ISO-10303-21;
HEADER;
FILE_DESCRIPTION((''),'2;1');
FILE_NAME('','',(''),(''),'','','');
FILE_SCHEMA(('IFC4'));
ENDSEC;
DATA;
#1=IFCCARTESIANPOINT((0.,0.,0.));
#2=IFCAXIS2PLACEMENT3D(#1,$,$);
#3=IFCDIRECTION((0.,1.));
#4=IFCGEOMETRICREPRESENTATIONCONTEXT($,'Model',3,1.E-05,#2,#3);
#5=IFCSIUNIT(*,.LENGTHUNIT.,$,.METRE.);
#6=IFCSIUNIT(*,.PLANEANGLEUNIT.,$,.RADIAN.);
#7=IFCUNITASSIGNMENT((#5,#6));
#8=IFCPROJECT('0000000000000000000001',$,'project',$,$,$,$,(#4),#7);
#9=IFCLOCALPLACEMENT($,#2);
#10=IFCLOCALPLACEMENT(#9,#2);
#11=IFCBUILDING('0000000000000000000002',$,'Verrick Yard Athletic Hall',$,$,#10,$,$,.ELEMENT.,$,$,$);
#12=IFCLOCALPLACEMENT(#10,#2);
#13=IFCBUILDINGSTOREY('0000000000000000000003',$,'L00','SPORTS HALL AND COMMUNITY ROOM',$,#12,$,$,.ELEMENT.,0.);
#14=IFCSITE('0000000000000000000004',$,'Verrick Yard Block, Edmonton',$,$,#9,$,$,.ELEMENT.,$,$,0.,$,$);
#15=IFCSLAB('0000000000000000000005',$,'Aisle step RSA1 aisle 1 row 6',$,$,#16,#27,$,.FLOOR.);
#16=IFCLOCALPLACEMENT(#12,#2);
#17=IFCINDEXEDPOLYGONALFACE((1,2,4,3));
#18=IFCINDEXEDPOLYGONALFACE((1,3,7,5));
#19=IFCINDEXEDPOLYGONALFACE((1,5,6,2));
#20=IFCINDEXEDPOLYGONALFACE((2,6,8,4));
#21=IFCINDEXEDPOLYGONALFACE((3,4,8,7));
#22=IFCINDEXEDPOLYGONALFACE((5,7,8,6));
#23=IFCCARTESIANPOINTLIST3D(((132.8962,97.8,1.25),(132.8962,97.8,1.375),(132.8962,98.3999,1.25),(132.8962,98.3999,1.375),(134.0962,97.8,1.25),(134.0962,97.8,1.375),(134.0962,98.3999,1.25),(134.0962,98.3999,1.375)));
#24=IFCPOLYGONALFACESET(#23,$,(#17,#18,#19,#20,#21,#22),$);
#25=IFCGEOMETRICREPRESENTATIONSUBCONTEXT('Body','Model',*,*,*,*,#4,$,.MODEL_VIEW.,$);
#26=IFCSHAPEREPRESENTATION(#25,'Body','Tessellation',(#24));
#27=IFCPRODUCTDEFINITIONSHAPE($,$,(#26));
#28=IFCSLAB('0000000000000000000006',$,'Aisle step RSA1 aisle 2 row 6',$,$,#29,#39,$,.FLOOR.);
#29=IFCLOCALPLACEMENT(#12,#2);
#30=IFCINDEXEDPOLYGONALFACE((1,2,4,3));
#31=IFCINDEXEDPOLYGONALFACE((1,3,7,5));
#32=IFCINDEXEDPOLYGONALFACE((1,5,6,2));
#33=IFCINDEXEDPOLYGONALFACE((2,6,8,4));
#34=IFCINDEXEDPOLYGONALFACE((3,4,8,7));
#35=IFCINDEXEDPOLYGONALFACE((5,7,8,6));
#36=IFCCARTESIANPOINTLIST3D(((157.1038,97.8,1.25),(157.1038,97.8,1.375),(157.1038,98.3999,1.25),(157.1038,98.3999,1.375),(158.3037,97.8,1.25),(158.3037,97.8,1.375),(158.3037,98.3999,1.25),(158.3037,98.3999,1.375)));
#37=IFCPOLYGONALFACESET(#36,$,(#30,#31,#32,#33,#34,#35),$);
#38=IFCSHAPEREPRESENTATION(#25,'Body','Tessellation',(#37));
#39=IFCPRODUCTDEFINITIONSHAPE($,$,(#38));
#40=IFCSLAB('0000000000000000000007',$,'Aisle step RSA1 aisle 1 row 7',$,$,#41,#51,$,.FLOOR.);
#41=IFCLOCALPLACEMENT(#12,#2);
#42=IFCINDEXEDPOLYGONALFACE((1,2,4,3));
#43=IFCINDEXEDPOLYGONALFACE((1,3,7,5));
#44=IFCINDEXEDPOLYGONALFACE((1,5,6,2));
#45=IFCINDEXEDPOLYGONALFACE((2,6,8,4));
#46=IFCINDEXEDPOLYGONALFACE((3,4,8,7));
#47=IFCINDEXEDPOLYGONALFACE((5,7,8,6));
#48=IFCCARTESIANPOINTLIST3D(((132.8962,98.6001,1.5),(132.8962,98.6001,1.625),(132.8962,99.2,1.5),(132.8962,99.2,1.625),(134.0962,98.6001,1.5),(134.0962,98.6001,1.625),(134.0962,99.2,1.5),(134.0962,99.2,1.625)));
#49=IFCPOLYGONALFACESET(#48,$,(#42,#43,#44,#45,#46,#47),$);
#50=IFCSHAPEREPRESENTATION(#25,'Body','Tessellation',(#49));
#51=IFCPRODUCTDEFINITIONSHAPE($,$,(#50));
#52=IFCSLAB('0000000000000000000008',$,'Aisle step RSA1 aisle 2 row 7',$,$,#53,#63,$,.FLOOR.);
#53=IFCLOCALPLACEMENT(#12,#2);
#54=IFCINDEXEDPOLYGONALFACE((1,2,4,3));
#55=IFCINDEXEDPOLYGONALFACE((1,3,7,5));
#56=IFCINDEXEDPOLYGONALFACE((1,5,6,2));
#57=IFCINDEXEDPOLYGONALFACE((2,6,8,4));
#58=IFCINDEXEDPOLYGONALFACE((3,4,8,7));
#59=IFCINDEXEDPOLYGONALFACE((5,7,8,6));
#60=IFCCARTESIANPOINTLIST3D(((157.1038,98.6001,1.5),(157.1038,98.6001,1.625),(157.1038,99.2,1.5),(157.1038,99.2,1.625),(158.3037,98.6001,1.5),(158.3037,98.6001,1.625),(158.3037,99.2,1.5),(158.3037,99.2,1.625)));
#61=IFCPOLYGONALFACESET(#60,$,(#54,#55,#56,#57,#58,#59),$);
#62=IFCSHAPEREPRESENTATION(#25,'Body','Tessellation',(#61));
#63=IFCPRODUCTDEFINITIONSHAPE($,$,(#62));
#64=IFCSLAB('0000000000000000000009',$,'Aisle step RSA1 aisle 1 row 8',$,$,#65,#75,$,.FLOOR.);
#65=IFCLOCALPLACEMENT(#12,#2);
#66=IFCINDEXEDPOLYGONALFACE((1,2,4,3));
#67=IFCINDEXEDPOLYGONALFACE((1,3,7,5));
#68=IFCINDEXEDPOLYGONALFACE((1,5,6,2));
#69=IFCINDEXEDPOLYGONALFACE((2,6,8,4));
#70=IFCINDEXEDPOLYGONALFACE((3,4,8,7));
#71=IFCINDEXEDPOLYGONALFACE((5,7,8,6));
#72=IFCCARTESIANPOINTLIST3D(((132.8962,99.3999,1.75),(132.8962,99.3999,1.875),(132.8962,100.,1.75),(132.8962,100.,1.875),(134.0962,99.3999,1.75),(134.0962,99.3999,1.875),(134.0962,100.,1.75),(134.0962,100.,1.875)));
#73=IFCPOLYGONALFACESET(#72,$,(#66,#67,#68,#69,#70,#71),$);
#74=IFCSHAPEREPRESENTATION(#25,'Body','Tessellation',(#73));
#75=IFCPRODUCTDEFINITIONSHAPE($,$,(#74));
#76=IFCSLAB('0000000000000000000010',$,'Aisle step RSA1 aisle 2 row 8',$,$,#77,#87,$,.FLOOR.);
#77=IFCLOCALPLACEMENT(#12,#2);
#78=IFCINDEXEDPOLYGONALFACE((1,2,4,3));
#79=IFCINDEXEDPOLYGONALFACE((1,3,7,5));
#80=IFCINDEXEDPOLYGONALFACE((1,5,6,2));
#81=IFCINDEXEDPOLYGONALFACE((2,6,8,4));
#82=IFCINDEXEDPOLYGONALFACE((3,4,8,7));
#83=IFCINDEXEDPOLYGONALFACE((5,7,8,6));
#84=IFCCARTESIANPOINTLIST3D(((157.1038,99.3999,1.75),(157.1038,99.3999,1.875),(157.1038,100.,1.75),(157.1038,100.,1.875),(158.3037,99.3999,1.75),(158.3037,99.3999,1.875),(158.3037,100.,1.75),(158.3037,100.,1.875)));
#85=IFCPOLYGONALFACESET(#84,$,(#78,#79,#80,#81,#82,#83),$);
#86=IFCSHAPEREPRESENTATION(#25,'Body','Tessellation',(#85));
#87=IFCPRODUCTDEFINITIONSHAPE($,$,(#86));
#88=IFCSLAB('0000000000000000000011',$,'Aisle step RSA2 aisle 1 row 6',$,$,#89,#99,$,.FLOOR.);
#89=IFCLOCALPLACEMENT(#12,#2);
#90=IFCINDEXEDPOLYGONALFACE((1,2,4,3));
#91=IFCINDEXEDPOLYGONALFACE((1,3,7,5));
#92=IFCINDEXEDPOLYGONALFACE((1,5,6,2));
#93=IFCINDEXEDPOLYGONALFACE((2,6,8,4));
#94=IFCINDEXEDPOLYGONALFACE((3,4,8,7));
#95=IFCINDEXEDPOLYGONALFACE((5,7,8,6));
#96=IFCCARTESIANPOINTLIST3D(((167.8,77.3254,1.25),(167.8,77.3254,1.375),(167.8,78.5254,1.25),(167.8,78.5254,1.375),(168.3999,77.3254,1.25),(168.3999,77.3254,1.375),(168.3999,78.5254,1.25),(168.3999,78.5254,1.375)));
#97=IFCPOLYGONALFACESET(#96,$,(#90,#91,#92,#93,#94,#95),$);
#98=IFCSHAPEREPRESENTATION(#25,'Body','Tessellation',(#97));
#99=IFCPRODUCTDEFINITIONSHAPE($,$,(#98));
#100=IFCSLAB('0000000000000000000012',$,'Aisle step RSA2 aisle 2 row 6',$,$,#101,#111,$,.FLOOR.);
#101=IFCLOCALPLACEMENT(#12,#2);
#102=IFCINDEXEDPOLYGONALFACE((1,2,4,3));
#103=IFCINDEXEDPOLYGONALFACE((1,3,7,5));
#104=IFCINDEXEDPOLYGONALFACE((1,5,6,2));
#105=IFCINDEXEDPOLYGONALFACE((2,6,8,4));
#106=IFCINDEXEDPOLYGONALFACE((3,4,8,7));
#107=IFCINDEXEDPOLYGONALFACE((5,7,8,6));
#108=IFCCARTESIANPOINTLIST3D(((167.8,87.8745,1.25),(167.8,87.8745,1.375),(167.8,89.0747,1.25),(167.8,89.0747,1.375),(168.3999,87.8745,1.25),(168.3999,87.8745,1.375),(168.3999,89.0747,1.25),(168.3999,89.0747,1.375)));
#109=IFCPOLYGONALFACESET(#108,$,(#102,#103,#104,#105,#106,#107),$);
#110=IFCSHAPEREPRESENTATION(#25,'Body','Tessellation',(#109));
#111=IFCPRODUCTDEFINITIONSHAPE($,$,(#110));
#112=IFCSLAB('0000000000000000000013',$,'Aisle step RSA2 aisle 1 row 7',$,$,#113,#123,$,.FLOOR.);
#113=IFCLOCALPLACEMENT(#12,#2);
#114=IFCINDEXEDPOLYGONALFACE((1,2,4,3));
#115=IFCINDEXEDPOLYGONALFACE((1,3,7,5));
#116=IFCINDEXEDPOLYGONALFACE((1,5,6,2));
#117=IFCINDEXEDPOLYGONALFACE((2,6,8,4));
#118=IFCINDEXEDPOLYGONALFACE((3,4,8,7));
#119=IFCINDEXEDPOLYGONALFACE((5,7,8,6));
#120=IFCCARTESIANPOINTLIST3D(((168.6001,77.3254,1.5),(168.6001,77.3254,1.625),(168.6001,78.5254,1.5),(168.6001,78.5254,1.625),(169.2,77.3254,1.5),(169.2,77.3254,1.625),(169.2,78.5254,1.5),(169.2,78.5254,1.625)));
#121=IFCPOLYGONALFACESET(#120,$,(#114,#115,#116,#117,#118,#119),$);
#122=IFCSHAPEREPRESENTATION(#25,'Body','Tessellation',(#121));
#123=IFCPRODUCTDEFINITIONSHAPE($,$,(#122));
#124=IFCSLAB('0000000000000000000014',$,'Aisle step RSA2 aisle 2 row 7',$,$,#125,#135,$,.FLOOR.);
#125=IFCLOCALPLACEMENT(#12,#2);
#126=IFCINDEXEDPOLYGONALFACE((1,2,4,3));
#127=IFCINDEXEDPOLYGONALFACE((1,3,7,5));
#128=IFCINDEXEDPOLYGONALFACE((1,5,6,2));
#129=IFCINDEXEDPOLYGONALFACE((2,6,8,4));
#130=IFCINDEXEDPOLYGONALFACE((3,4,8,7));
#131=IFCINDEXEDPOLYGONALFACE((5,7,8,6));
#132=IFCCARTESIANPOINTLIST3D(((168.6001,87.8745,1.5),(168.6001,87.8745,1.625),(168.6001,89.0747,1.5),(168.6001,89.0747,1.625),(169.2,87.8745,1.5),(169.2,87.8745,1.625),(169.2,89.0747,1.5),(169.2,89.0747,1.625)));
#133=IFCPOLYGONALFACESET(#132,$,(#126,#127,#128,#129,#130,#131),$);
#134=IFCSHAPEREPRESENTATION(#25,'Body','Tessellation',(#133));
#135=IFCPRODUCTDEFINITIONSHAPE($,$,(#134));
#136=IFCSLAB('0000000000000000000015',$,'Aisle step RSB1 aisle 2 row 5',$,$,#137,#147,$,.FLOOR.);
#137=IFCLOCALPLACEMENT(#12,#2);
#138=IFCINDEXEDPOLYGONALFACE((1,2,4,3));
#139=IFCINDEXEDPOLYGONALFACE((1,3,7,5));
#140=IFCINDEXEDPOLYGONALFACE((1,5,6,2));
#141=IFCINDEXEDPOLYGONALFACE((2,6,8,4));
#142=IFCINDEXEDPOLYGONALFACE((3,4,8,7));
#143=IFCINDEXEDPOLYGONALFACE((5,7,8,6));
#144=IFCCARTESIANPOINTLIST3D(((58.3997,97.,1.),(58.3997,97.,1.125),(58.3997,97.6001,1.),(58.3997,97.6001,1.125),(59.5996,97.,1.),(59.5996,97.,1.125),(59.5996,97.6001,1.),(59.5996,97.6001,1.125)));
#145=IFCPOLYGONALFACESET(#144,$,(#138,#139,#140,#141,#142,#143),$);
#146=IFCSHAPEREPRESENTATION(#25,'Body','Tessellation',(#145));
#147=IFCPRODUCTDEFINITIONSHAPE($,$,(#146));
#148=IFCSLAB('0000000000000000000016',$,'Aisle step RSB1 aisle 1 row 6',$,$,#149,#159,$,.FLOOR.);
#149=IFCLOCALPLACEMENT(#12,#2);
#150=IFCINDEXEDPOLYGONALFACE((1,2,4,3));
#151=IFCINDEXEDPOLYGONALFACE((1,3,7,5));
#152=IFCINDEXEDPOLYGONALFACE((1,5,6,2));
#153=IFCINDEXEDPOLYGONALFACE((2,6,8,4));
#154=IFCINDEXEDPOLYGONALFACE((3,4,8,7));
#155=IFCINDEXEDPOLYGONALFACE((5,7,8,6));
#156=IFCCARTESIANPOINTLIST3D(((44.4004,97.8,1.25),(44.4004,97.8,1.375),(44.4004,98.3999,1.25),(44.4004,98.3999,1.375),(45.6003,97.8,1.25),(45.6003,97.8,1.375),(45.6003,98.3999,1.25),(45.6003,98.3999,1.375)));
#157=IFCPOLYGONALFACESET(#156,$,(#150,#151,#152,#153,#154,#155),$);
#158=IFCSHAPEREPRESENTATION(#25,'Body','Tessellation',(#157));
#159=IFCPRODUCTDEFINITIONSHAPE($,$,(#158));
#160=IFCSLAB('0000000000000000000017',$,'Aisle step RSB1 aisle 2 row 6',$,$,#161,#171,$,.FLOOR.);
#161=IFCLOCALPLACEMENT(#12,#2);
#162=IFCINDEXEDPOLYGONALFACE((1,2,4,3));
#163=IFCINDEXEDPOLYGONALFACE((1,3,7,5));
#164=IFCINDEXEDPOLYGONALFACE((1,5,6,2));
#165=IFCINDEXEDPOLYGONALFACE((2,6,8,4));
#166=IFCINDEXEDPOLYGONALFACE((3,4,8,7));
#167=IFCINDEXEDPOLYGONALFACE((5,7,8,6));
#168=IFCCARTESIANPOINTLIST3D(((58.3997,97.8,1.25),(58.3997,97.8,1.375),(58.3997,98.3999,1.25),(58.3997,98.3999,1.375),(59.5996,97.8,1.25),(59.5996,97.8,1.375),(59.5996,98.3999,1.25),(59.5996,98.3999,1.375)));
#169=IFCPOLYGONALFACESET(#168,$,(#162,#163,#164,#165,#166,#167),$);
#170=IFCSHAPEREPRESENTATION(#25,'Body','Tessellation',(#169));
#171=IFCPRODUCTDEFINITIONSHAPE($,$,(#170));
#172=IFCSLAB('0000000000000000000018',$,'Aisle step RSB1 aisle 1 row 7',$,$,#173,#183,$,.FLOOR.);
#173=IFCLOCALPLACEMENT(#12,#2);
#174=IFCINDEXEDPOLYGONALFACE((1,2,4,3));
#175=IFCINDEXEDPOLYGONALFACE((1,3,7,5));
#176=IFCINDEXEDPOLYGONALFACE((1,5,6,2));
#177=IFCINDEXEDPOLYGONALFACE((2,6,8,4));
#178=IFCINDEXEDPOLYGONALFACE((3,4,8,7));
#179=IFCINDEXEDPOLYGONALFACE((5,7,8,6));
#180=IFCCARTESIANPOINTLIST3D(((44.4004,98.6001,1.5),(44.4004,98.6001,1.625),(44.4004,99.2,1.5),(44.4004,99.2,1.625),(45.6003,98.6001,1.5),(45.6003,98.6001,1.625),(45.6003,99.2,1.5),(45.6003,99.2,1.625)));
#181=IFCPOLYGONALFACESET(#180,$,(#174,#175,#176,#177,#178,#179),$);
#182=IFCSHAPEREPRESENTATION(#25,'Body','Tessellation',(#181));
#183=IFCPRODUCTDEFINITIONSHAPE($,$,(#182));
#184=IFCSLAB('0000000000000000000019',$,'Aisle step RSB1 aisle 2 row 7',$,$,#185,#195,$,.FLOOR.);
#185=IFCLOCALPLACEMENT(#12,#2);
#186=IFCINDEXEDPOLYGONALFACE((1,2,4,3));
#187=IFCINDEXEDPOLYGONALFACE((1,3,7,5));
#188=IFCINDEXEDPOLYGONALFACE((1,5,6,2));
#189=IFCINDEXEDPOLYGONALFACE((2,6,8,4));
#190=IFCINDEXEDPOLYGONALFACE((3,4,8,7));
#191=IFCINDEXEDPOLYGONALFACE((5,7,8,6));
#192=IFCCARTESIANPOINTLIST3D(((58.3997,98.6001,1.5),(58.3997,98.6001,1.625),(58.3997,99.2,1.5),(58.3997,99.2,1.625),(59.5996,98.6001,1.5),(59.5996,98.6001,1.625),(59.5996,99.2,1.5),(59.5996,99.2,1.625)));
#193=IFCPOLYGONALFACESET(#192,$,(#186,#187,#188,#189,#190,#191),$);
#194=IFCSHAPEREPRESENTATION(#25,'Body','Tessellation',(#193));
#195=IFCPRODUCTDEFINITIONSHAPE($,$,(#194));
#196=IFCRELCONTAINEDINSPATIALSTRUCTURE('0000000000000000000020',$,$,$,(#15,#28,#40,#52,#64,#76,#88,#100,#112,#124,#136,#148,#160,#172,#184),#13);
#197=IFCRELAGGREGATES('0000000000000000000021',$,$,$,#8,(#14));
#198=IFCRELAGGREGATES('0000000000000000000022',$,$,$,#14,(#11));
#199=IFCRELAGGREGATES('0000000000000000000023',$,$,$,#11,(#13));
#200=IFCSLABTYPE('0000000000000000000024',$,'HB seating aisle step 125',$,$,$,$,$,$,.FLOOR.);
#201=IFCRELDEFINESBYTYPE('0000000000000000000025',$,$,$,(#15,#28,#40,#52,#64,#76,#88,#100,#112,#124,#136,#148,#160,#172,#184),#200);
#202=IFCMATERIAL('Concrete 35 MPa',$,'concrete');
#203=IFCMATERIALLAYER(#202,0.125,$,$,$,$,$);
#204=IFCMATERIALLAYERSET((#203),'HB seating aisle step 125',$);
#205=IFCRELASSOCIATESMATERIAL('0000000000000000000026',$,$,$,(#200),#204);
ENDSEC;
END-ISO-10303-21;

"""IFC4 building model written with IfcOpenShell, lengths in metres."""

from ifc_helpers import new_model, si_unit, direction, frame, origin, place, context, subcontext, project, spatial, polyline, outline, extrude, material, layer, layer_set, type_object, element, save


model = new_model("IFC4")

# Units and contexts
model_context = context("Model", 3, precision=1e-05, world=origin(), true_north=direction((0.0, 1.0)))
body_context = subcontext(model_context, "Body", "Model", "MODEL_VIEW")
ifc_project = project(units=[si_unit("LENGTHUNIT", "METRE"), si_unit("PLANEANGLEUNIT", "RADIAN")], contexts=[model_context])

# Site, building, storey
site_placement = place(None, origin())
site = spatial("IfcSite", under=ifc_project, at=site_placement, Name="Verrick Yard Block, Edmonton", CompositionType="ELEMENT", RefElevation=0.0)
building_placement = place(site_placement, origin())
building = spatial("IfcBuilding", under=site, at=building_placement, Name="Verrick Yard Athletic Hall", CompositionType="ELEMENT")
storey_placement = place(building_placement, origin())
storey = spatial("IfcBuildingStorey", under=building, at=storey_placement, Name="L00", Description="SPORTS HALL AND COMMUNITY ROOM", CompositionType="ELEMENT", Elevation=0.0)

# Slabs
ifc_material = material(Name="Concrete 35 MPa", Category="concrete")
ifc_layer_1 = layer(ifc_material, 0.125)
ifc_layer_set_1 = layer_set([ifc_layer_1], Name="HB seating aisle step 125")
slab_type_1 = type_object("IfcSlabType", Name="HB seating aisle step 125", PredefinedType="FLOOR", material=ifc_layer_set_1)
slab_1_placement = place(storey_placement, frame((0.0, 0.0, 1.25)))
element("IfcSlab", 1, at=slab_1_placement, inside=storey, type_object=slab_type_1, Name="Aisle step RSA1 aisle 1 row 6", PredefinedType="FLOOR", context=body_context, shape_type="SweptSolid", body=[
    extrude(outline(polyline([(132.8962, 97.8), (134.0962, 97.8), (134.0962, 98.3999), (132.8962, 98.3999), (132.8962, 97.8)])), origin(), (0.0, 0.0, 1.0), 0.125),
])
slab_2_placement = place(storey_placement, frame((0.0, 0.0, 1.25)))
element("IfcSlab", 2, at=slab_2_placement, inside=storey, type_object=slab_type_1, Name="Aisle step RSA1 aisle 2 row 6", PredefinedType="FLOOR", context=body_context, shape_type="SweptSolid", body=[
    extrude(outline(polyline([(157.1038, 97.8), (158.3037, 97.8), (158.3037, 98.3999), (157.1038, 98.3999), (157.1038, 97.8)])), origin(), (0.0, 0.0, 1.0), 0.125),
])
slab_3_placement = place(storey_placement, frame((0.0, 0.0, 1.5)))
element("IfcSlab", 3, at=slab_3_placement, inside=storey, type_object=slab_type_1, Name="Aisle step RSA1 aisle 1 row 7", PredefinedType="FLOOR", context=body_context, shape_type="SweptSolid", body=[
    extrude(outline(polyline([(132.8962, 98.6001), (134.0962, 98.6001), (134.0962, 99.2), (132.8962, 99.2), (132.8962, 98.6001)])), origin(), (0.0, 0.0, 1.0), 0.125),
])
slab_4_placement = place(storey_placement, frame((0.0, 0.0, 1.5)))
element("IfcSlab", 4, at=slab_4_placement, inside=storey, type_object=slab_type_1, Name="Aisle step RSA1 aisle 2 row 7", PredefinedType="FLOOR", context=body_context, shape_type="SweptSolid", body=[
    extrude(outline(polyline([(157.1038, 98.6001), (158.3037, 98.6001), (158.3037, 99.2), (157.1038, 99.2), (157.1038, 98.6001)])), origin(), (0.0, 0.0, 1.0), 0.125),
])
slab_5_placement = place(storey_placement, frame((0.0, 0.0, 1.75)))
element("IfcSlab", 5, at=slab_5_placement, inside=storey, type_object=slab_type_1, Name="Aisle step RSA1 aisle 1 row 8", PredefinedType="FLOOR", context=body_context, shape_type="SweptSolid", body=[
    extrude(outline(polyline([(132.8962, 99.3999), (134.0962, 99.3999), (134.0962, 100.0), (132.8962, 100.0), (132.8962, 99.3999)])), origin(), (0.0, 0.0, 1.0), 0.125),
])
slab_6_placement = place(storey_placement, frame((0.0, 0.0, 1.75)))
element("IfcSlab", 6, at=slab_6_placement, inside=storey, type_object=slab_type_1, Name="Aisle step RSA1 aisle 2 row 8", PredefinedType="FLOOR", context=body_context, shape_type="SweptSolid", body=[
    extrude(outline(polyline([(157.1038, 99.3999), (158.3037, 99.3999), (158.3037, 100.0), (157.1038, 100.0), (157.1038, 99.3999)])), origin(), (0.0, 0.0, 1.0), 0.125),
])
slab_7_placement = place(storey_placement, frame((0.0, 0.0, 1.25)))
element("IfcSlab", 7, at=slab_7_placement, inside=storey, type_object=slab_type_1, Name="Aisle step RSA2 aisle 1 row 6", PredefinedType="FLOOR", context=body_context, shape_type="SweptSolid", body=[
    extrude(outline(polyline([(168.3999, 77.3254), (168.3999, 78.5254), (167.8, 78.5254), (167.8, 77.3254), (168.3999, 77.3254)])), origin(), (0.0, 0.0, 1.0), 0.125),
])
slab_8_placement = place(storey_placement, frame((0.0, 0.0, 1.25)))
element("IfcSlab", 8, at=slab_8_placement, inside=storey, type_object=slab_type_1, Name="Aisle step RSA2 aisle 2 row 6", PredefinedType="FLOOR", context=body_context, shape_type="SweptSolid", body=[
    extrude(outline(polyline([(168.3999, 87.8745), (168.3999, 89.0747), (167.8, 89.0747), (167.8, 87.8745), (168.3999, 87.8745)])), origin(), (0.0, 0.0, 1.0), 0.125),
])
slab_9_placement = place(storey_placement, frame((0.0, 0.0, 1.5)))
element("IfcSlab", 9, at=slab_9_placement, inside=storey, type_object=slab_type_1, Name="Aisle step RSA2 aisle 1 row 7", PredefinedType="FLOOR", context=body_context, shape_type="SweptSolid", body=[
    extrude(outline(polyline([(169.2, 77.3254), (169.2, 78.5254), (168.6001, 78.5254), (168.6001, 77.3254), (169.2, 77.3254)])), origin(), (0.0, 0.0, 1.0), 0.125),
])
slab_10_placement = place(storey_placement, frame((0.0, 0.0, 1.5)))
element("IfcSlab", 10, at=slab_10_placement, inside=storey, type_object=slab_type_1, Name="Aisle step RSA2 aisle 2 row 7", PredefinedType="FLOOR", context=body_context, shape_type="SweptSolid", body=[
    extrude(outline(polyline([(169.2, 87.8745), (169.2, 89.0747), (168.6001, 89.0747), (168.6001, 87.8745), (169.2, 87.8745)])), origin(), (0.0, 0.0, 1.0), 0.125),
])
slab_11_placement = place(storey_placement, frame((0.0, 0.0, 1.0)))
element("IfcSlab", 11, at=slab_11_placement, inside=storey, type_object=slab_type_1, Name="Aisle step RSB1 aisle 2 row 5", PredefinedType="FLOOR", context=body_context, shape_type="SweptSolid", body=[
    extrude(outline(polyline([(58.3997, 97.0), (59.5996, 97.0), (59.5996, 97.6001), (58.3997, 97.6001), (58.3997, 97.0)])), origin(), (0.0, 0.0, 1.0), 0.125),
])
slab_12_placement = place(storey_placement, frame((0.0, 0.0, 1.25)))
element("IfcSlab", 12, at=slab_12_placement, inside=storey, type_object=slab_type_1, Name="Aisle step RSB1 aisle 1 row 6", PredefinedType="FLOOR", context=body_context, shape_type="SweptSolid", body=[
    extrude(outline(polyline([(44.4004, 97.8), (45.6003, 97.8), (45.6003, 98.3999), (44.4004, 98.3999), (44.4004, 97.8)])), origin(), (0.0, 0.0, 1.0), 0.125),
])
slab_13_placement = place(storey_placement, frame((0.0, 0.0, 1.25)))
element("IfcSlab", 13, at=slab_13_placement, inside=storey, type_object=slab_type_1, Name="Aisle step RSB1 aisle 2 row 6", PredefinedType="FLOOR", context=body_context, shape_type="SweptSolid", body=[
    extrude(outline(polyline([(58.3997, 97.8), (59.5996, 97.8), (59.5996, 98.3999), (58.3997, 98.3999), (58.3997, 97.8)])), origin(), (0.0, 0.0, 1.0), 0.125),
])
slab_14_placement = place(storey_placement, frame((0.0, 0.0, 1.5)))
element("IfcSlab", 14, at=slab_14_placement, inside=storey, type_object=slab_type_1, Name="Aisle step RSB1 aisle 1 row 7", PredefinedType="FLOOR", context=body_context, shape_type="SweptSolid", body=[
    extrude(outline(polyline([(44.4004, 98.6001), (45.6003, 98.6001), (45.6003, 99.2), (44.4004, 99.2), (44.4004, 98.6001)])), origin(), (0.0, 0.0, 1.0), 0.125),
])
slab_15_placement = place(storey_placement, frame((0.0, 0.0, 1.5)))
element("IfcSlab", 15, at=slab_15_placement, inside=storey, type_object=slab_type_1, Name="Aisle step RSB1 aisle 2 row 7", PredefinedType="FLOOR", context=body_context, shape_type="SweptSolid", body=[
    extrude(outline(polyline([(58.3997, 98.6001), (59.5996, 98.6001), (59.5996, 99.2), (58.3997, 99.2), (58.3997, 98.6001)])), origin(), (0.0, 0.0, 1.0), 0.125),
])

save(model, "model.ifc")
